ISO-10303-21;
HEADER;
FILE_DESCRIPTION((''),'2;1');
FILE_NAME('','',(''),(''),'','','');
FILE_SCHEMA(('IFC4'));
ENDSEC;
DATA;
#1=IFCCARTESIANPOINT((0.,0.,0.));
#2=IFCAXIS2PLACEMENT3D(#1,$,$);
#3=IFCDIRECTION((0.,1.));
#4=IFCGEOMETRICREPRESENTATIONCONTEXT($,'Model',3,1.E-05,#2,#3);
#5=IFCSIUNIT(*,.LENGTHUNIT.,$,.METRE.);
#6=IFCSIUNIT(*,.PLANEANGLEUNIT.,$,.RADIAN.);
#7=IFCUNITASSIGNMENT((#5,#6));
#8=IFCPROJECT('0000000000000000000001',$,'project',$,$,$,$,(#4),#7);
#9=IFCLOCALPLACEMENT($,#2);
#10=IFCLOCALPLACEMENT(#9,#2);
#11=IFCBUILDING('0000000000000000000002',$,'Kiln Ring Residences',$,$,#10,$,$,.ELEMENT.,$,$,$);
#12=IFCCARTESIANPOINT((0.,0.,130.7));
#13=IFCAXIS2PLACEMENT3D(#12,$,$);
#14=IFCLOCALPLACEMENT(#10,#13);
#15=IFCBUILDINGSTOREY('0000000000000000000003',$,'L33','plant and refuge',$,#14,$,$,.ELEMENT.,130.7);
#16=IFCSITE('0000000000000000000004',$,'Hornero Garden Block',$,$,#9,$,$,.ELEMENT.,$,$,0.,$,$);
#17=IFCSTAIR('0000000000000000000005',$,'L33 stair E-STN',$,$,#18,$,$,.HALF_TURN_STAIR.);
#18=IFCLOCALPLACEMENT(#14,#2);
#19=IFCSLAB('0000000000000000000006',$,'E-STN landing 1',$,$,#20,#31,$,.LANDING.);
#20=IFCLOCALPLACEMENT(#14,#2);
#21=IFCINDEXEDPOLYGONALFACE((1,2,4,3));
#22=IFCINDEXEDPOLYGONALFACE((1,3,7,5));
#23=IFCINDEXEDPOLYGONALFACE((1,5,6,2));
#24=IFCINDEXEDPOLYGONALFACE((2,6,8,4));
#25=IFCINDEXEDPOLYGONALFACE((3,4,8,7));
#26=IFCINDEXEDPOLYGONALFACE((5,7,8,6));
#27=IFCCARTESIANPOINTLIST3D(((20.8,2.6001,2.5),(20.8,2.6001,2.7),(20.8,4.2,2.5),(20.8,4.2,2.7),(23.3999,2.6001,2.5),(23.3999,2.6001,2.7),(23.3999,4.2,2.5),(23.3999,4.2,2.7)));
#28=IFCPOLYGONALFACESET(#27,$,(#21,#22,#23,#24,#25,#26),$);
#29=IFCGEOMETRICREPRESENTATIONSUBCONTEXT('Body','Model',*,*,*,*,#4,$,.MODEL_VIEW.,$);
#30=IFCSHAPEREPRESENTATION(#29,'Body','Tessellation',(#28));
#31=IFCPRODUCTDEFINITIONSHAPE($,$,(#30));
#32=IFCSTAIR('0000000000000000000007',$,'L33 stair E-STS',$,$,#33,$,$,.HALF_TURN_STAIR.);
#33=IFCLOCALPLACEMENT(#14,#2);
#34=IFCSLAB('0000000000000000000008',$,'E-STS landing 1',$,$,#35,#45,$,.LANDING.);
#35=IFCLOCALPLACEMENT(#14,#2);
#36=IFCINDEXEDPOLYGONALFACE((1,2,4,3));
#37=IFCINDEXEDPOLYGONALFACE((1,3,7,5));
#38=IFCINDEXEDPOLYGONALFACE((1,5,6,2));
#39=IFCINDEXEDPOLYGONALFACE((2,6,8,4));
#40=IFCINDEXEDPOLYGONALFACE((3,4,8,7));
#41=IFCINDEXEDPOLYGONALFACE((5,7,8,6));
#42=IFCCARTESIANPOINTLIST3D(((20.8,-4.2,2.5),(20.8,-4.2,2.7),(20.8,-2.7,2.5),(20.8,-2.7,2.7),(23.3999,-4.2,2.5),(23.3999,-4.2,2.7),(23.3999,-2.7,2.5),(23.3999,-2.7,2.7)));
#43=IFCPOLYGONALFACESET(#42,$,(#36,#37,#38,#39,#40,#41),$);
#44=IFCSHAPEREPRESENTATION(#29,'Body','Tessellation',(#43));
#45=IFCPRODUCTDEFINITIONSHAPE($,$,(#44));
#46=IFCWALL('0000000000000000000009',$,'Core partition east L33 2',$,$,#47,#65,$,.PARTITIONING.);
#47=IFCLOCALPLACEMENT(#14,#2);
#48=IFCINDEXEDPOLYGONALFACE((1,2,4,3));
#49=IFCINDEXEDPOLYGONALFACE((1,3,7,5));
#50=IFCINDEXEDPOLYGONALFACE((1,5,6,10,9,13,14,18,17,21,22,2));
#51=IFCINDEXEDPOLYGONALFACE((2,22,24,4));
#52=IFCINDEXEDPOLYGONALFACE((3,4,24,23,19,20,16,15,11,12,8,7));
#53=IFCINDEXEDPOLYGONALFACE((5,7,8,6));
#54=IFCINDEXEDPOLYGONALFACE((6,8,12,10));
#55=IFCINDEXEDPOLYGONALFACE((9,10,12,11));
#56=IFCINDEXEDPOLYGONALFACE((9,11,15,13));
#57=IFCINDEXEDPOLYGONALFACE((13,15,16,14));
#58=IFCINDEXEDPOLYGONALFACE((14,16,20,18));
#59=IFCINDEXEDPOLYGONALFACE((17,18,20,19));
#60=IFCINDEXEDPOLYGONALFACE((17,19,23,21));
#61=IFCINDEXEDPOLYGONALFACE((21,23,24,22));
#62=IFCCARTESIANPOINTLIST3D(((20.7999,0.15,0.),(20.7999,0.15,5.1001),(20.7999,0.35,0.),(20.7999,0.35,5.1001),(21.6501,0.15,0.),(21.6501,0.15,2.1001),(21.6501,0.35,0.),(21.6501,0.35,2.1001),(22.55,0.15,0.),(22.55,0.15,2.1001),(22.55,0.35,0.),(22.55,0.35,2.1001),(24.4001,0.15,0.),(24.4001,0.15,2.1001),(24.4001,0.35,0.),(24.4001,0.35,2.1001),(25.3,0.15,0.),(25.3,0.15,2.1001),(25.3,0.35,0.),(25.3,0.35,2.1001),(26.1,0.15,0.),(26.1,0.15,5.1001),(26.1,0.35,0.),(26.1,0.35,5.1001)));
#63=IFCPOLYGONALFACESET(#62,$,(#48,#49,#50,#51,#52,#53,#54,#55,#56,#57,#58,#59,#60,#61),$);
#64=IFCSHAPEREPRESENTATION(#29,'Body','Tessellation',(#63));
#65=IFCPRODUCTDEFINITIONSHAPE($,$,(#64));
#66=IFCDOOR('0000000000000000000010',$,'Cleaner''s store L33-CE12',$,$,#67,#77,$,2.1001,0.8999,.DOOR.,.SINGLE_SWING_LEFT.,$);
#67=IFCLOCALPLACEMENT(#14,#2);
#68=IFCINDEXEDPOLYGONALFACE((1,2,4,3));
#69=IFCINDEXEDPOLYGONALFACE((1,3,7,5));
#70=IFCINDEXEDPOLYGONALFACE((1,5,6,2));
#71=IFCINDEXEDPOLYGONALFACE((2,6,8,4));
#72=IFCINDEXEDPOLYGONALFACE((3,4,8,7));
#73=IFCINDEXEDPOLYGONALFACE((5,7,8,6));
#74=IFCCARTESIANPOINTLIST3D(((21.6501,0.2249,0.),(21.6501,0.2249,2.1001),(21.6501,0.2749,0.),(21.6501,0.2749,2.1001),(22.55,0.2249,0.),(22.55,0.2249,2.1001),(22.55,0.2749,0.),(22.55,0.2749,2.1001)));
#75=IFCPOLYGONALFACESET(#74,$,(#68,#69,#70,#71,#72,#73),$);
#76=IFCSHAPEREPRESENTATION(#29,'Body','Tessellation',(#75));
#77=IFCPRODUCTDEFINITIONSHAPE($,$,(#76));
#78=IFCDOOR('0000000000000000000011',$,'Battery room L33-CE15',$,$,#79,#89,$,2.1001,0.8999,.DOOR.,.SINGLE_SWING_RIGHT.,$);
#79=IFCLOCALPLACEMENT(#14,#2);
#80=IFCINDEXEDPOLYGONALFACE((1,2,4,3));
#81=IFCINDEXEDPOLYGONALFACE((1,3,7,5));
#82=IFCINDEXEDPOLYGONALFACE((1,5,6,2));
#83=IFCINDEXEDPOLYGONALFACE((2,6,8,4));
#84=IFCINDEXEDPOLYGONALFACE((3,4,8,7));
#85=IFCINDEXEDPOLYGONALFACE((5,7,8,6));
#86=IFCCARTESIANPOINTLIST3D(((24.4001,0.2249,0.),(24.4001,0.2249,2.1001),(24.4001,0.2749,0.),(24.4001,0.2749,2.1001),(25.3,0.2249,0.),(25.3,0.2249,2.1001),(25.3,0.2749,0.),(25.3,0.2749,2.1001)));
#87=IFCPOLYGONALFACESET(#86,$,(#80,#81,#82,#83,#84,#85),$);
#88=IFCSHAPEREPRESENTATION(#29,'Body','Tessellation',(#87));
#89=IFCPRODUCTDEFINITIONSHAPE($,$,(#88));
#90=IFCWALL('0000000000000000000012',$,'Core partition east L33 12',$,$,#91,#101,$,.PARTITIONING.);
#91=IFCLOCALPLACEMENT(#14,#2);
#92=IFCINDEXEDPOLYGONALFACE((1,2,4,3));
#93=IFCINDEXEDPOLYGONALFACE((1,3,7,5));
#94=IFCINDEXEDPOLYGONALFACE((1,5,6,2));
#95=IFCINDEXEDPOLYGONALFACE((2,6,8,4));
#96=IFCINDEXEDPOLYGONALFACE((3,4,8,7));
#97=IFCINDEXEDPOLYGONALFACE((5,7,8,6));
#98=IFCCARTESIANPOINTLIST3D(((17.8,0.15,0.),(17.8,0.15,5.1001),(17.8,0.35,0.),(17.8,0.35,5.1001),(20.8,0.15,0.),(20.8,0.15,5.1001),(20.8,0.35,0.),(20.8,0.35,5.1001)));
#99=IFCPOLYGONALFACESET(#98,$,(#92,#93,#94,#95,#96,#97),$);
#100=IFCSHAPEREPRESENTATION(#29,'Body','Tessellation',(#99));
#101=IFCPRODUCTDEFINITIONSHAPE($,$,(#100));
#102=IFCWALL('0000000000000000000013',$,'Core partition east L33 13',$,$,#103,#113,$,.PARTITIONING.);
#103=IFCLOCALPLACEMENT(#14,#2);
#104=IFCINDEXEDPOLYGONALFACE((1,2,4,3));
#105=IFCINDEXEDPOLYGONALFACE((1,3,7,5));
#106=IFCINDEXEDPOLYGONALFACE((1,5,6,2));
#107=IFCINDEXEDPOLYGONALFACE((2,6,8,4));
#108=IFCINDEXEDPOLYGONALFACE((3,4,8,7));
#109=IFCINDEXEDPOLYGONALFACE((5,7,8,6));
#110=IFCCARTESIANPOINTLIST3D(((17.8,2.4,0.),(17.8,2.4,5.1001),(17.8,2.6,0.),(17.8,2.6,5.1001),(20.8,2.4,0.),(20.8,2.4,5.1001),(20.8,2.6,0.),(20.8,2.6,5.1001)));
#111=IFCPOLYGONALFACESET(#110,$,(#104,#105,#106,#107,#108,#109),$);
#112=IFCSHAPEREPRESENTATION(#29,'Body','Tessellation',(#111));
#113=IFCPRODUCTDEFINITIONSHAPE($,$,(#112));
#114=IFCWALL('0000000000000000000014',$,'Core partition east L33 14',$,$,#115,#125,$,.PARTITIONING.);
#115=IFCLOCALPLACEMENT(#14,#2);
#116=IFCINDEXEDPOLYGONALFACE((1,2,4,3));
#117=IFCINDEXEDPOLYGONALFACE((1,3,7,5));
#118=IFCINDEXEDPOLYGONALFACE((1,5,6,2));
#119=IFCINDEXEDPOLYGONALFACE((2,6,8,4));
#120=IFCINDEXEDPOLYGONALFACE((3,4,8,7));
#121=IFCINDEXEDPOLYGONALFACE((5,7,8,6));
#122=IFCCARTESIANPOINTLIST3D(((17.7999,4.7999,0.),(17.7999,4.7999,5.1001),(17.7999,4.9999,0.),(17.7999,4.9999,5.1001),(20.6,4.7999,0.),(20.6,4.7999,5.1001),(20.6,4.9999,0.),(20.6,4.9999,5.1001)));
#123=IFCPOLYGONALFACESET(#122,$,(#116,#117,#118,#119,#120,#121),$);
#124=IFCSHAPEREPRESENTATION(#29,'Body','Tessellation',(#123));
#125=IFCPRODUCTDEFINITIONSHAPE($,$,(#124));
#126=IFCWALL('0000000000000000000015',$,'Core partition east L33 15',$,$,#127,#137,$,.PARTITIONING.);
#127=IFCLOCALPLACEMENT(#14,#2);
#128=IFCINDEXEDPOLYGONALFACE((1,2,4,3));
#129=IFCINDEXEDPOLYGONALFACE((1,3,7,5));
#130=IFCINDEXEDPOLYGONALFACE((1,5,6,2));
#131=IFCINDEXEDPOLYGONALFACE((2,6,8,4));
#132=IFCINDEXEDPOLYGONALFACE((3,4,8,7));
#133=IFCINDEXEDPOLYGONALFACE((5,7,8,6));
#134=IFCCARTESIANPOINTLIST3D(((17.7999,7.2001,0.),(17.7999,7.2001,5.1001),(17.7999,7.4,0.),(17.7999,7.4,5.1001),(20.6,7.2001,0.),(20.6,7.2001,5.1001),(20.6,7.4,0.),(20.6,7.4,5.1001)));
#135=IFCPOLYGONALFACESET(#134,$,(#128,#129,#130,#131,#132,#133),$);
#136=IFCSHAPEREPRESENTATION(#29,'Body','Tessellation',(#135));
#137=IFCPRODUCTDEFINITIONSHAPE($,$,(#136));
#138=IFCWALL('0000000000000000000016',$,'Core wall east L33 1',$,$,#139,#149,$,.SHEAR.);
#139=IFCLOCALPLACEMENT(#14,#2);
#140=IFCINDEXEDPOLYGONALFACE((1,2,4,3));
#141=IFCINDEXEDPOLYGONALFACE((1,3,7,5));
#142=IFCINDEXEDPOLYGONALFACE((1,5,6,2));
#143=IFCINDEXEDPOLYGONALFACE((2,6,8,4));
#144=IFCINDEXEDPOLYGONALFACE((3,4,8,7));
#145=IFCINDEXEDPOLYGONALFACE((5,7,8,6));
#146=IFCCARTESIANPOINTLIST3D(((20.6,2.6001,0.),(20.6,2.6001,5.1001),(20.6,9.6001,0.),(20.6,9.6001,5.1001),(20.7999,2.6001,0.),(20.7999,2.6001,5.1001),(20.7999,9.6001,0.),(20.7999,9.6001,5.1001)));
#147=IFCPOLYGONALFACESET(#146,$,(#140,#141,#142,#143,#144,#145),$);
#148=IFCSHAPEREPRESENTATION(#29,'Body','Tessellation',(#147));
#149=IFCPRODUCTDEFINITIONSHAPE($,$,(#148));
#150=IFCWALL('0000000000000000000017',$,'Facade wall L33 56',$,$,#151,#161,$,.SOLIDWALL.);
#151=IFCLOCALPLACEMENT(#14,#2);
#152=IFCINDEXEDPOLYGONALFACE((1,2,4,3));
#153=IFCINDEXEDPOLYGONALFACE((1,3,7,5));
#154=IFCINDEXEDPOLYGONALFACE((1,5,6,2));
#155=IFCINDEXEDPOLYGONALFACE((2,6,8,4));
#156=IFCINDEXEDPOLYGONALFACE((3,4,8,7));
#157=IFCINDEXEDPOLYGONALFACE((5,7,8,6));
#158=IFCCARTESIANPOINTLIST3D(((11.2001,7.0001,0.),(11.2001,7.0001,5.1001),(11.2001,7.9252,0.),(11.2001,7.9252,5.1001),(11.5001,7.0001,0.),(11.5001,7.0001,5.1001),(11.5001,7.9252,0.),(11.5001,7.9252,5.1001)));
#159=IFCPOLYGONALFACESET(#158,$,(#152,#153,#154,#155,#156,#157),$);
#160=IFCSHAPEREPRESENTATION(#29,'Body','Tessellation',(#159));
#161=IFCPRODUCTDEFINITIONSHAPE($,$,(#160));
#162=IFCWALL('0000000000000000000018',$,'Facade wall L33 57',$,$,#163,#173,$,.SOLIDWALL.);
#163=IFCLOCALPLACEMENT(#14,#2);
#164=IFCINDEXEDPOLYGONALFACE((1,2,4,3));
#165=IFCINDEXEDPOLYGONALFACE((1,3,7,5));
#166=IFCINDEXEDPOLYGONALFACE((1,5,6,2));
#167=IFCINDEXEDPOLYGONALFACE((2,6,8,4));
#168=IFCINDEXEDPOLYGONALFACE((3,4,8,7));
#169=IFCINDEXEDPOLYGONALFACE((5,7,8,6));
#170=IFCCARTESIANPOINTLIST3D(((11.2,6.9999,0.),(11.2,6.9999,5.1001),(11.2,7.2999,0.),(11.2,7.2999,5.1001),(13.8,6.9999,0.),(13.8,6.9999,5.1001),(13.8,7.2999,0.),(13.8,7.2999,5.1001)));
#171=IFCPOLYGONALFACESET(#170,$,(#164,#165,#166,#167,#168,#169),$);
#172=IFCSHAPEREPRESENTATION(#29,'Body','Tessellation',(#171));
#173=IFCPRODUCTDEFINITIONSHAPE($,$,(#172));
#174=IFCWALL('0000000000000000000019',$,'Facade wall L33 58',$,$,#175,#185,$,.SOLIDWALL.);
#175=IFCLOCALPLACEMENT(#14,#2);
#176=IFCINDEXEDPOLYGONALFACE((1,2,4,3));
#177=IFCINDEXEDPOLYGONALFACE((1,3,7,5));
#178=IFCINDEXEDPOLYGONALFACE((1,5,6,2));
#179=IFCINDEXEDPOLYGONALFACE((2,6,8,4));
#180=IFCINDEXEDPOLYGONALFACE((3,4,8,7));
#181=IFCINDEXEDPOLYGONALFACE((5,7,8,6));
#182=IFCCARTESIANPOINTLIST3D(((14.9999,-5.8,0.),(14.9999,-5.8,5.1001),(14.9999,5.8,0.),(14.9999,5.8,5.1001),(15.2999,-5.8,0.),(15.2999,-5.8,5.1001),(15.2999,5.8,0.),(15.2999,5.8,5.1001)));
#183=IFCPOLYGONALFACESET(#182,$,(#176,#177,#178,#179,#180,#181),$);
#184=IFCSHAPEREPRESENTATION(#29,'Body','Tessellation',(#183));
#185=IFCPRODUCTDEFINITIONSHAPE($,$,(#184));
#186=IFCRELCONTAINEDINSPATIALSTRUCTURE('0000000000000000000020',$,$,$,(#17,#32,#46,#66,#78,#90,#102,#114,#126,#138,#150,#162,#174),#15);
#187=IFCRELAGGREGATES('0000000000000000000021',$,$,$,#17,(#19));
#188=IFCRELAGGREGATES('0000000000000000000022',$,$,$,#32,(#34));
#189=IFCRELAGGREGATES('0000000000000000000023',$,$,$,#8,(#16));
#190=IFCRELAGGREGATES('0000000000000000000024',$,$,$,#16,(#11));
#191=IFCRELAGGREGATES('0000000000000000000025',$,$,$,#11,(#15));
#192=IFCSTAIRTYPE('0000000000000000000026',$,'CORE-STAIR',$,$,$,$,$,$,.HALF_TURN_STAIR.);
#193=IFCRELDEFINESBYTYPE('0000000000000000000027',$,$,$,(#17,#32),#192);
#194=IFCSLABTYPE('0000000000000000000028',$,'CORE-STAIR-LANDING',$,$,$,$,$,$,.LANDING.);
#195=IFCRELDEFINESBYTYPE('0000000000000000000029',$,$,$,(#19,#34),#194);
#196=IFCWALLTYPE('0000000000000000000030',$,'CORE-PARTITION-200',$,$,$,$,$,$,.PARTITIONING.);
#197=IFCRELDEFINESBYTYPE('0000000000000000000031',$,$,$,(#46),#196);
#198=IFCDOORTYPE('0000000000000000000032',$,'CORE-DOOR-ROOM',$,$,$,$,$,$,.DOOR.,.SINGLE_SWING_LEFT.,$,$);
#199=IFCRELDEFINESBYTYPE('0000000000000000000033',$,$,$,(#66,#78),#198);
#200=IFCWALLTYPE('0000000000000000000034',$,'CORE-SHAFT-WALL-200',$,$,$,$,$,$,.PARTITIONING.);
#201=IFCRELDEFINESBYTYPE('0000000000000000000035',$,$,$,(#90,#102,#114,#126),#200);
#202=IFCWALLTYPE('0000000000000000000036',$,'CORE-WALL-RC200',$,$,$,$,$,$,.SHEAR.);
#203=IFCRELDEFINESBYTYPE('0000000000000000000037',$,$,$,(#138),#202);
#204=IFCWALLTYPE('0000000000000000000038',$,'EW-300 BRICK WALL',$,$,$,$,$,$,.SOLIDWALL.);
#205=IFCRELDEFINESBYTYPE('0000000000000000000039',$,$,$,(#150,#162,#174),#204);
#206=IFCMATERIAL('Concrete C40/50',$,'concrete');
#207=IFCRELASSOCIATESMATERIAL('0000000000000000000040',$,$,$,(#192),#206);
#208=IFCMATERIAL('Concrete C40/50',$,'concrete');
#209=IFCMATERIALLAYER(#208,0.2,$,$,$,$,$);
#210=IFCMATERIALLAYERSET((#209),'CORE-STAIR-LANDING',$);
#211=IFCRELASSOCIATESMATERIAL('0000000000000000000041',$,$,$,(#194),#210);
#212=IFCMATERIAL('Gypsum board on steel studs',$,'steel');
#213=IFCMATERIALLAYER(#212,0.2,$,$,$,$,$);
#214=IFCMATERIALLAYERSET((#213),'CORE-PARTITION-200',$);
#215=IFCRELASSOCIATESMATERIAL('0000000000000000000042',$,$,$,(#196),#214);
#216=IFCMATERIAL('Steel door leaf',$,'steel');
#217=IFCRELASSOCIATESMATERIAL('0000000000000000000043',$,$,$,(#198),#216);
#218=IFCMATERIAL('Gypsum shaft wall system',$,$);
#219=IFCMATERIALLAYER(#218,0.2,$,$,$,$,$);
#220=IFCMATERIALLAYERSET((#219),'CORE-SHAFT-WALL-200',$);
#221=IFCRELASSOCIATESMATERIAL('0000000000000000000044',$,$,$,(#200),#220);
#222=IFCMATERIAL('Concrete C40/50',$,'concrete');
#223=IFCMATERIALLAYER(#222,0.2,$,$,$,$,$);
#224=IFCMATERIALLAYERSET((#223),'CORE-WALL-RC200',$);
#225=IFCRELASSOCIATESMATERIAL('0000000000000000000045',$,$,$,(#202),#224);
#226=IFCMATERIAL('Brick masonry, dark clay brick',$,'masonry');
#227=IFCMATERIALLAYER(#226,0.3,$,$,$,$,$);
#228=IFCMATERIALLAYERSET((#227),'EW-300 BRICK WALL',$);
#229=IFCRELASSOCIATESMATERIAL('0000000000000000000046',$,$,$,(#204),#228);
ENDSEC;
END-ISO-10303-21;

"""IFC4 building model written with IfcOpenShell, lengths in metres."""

from ifc_helpers import new_model, si_unit, direction, frame, frame_2d, origin, place, context, subcontext, project, spatial, polyline, rectangle, outline, extrude, material, layer, layer_set, type_object, element, fill, aggregate, save


model = new_model("IFC4")

# Units and contexts
model_context = context("Model", 3, precision=1e-05, world=origin(), true_north=direction((0.0, 1.0)))
body_context = subcontext(model_context, "Body", "Model", "MODEL_VIEW")
ifc_project = project(units=[si_unit("LENGTHUNIT", "METRE"), si_unit("PLANEANGLEUNIT", "RADIAN")], contexts=[model_context])

# Site, building, storey
site_placement = place(None, origin())
site = spatial("IfcSite", under=ifc_project, at=site_placement, Name="Hornero Garden Block", CompositionType="ELEMENT", RefElevation=0.0)
building_placement = place(site_placement, origin())
building = spatial("IfcBuilding", under=site, at=building_placement, Name="Kiln Ring Residences", CompositionType="ELEMENT")
storey_placement = place(building_placement, frame((0.0, 0.0, 130.7)))
storey = spatial("IfcBuildingStorey", under=building, at=storey_placement, Name="L33", Description="plant and refuge", CompositionType="ELEMENT", Elevation=130.7)

# Stairs, slabs
ifc_material_1 = material(Name="Concrete C40/50", Category="concrete")
stair_type = type_object("IfcStairType", Name="CORE-STAIR", PredefinedType="HALF_TURN_STAIR", material=ifc_material_1)
placement_1 = place(storey_placement, origin())
stair_1 = element("IfcStair", 1, at=placement_1, inside=storey, type_object=stair_type, Name="L33 stair E-STN", PredefinedType="HALF_TURN_STAIR")
ifc_material_2 = material(Name="Concrete C40/50", Category="concrete")
ifc_layer_1 = layer(ifc_material_2, 0.2)
ifc_layer_set_1 = layer_set([ifc_layer_1], Name="CORE-STAIR-LANDING")
slab_type = type_object("IfcSlabType", Name="CORE-STAIR-LANDING", PredefinedType="LANDING", material=ifc_layer_set_1)
placement_2 = place(storey_placement, frame((0.0, 0.0, 2.5)))
slab_1 = element("IfcSlab", 2, at=placement_2, type_object=slab_type, Name="E-STN landing 1", PredefinedType="LANDING", context=body_context, shape_type="SweptSolid", body=[
    extrude(outline(polyline([(20.8, 4.2), (20.8, 2.6001), (23.3999, 2.6001), (23.3999, 4.2), (20.8, 4.2)])), origin(), (0.0, 0.0, 1.0), 0.2),
])
aggregate(stair_1, [slab_1])
stair_2 = element("IfcStair", 3, at=placement_1, inside=storey, type_object=stair_type, Name="L33 stair E-STS", PredefinedType="HALF_TURN_STAIR")
slab_2 = element("IfcSlab", 4, at=placement_2, type_object=slab_type, Name="E-STS landing 1", PredefinedType="LANDING", context=body_context, shape_type="SweptSolid", body=[
    extrude(outline(polyline([(23.3999, -4.2), (23.3999, -2.7), (20.8, -2.7), (20.8, -4.2), (23.3999, -4.2)])), origin(), (0.0, 0.0, 1.0), 0.2),
])
aggregate(stair_2, [slab_2])

# Wall, openings, doors
ifc_material_3 = material(Name="Gypsum board on steel studs", Category="steel")
ifc_layer_2 = layer(ifc_material_3, 0.2)
ifc_layer_set_2 = layer_set([ifc_layer_2], Name="CORE-PARTITION-200")
wall_type_1 = type_object("IfcWallType", Name="CORE-PARTITION-200", PredefinedType="PARTITIONING", material=ifc_layer_set_2)
wall_1_placement = place(storey_placement, frame((20.8, 0.25, 0.0), z_axis=(0.0, 0.0, 1.0), x_axis=(1.0, 0.0, 0.0)))
wall_1 = element("IfcWall", 5, at=wall_1_placement, inside=storey, type_object=wall_type_1, Name="Core partition east L33 2", PredefinedType="PARTITIONING", context=body_context, shape_type="SweptSolid", body=[
    extrude(rectangle(XDim=5.3, YDim=0.2, at=frame_2d((2.6499, 0.0))), origin(), (0.0, 0.0, 1.0), 5.1001),
])
opening_1_placement = place(wall_1_placement, frame((0.8501, 0.0, 0.0)))
opening_1 = element("IfcOpeningElement", 6, at=opening_1_placement, cuts=wall_1, PredefinedType="OPENING", context=body_context, shape_type="SweptSolid", body=[
    extrude(rectangle(XDim=0.8999, YDim=2.1001, at=frame_2d((0.45, 1.05))), frame((0.0, 0.1099, 0.0), z_axis=(0.0, -1.0, 0.0), x_axis=(1.0, 0.0, 0.0)), (0.0, 0.0, 1.0), 0.22),
])
opening_2_placement = place(wall_1_placement, frame((3.6001, 0.0, 0.0)))
opening_2 = element("IfcOpeningElement", 7, at=opening_2_placement, cuts=wall_1, PredefinedType="OPENING", context=body_context, shape_type="SweptSolid", body=[
    extrude(rectangle(XDim=0.8999, YDim=2.1001, at=frame_2d((0.45, 1.05))), frame((0.0, 0.1099, 0.0), z_axis=(0.0, -1.0, 0.0), x_axis=(1.0, 0.0, 0.0)), (0.0, 0.0, 1.0), 0.22),
])
ifc_material_4 = material(Name="Steel door leaf", Category="steel")
door_type = type_object("IfcDoorType", Name="CORE-DOOR-ROOM", OperationType="SINGLE_SWING_LEFT", PredefinedType="DOOR", material=ifc_material_4)
door_1_placement = place(opening_1_placement, origin())
door_1 = element("IfcDoor", 8, at=door_1_placement, inside=storey, type_object=door_type, Name="Cleaner's store L33-CE12", OperationType="SINGLE_SWING_LEFT", OverallHeight=2.1001, OverallWidth=0.8999, PredefinedType="DOOR", context=body_context, shape_type="SweptSolid", body=[
    extrude(rectangle(XDim=0.8999, YDim=2.1001, at=frame_2d((0.45, 1.05))), frame((0.0, 0.0249, 0.0), z_axis=(0.0, -1.0, 0.0), x_axis=(1.0, 0.0, 0.0)), (0.0, 0.0, 1.0), 0.05),
])
fill(opening_1, door_1)
door_2_placement = place(opening_2_placement, origin())
door_2 = element("IfcDoor", 9, at=door_2_placement, inside=storey, type_object=door_type, Name="Battery room L33-CE15", OperationType="SINGLE_SWING_RIGHT", OverallHeight=2.1001, OverallWidth=0.8999, PredefinedType="DOOR", context=body_context, shape_type="SweptSolid", body=[
    extrude(rectangle(XDim=0.8999, YDim=2.1001, at=frame_2d((0.45, 1.05))), frame((0.0, 0.0249, 0.0), z_axis=(0.0, -1.0, 0.0), x_axis=(1.0, 0.0, 0.0)), (0.0, 0.0, 1.0), 0.05),
])
fill(opening_2, door_2)

# Walls
ifc_material_5 = material(Name="Gypsum shaft wall system")
ifc_layer_3 = layer(ifc_material_5, 0.2)
ifc_layer_set_3 = layer_set([ifc_layer_3], Name="CORE-SHAFT-WALL-200")
wall_type_2 = type_object("IfcWallType", Name="CORE-SHAFT-WALL-200", PredefinedType="PARTITIONING", material=ifc_layer_set_3)
for number, where, z_axis, x_axis, name in (
    (10, (17.8, 0.25, 0.0), (0.0, 0.0, 1.0), (1.0, 0.0, 0.0), "Core partition east L33 12"),
    (11, (17.8, 2.5, 0.0), (0.0, 0.0, 1.0), (1.0, 0.0, 0.0), "Core partition east L33 13"),
):
    element("IfcWall", number, at=place(storey_placement, frame(where, z_axis=z_axis, x_axis=x_axis)), inside=storey, type_object=wall_type_2, Name=name, PredefinedType="PARTITIONING", context=body_context, shape_type="SweptSolid", body=[
        extrude(rectangle(XDim=3.0, YDim=0.2, at=frame_2d((1.5, 0.0))), origin(), (0.0, 0.0, 1.0), 5.1001),
    ])
for number, where, z_axis, x_axis, name in (
    (12, (17.8, 4.8999, 0.0), (0.0, 0.0, 1.0), (1.0, 0.0, 0.0), "Core partition east L33 14"),
    (13, (17.8, 7.3, 0.0), (0.0, 0.0, 1.0), (1.0, 0.0, 0.0), "Core partition east L33 15"),
):
    element("IfcWall", number, at=place(storey_placement, frame(where, z_axis=z_axis, x_axis=x_axis)), inside=storey, type_object=wall_type_2, Name=name, PredefinedType="PARTITIONING", context=body_context, shape_type="SweptSolid", body=[
        extrude(rectangle(XDim=2.8, YDim=0.2, at=frame_2d((1.3999, 0.0))), origin(), (0.0, 0.0, 1.0), 5.1001),
    ])
ifc_material_6 = material(Name="Concrete C40/50", Category="concrete")
ifc_layer_4 = layer(ifc_material_6, 0.2)
ifc_layer_set_4 = layer_set([ifc_layer_4], Name="CORE-WALL-RC200")
wall_type_3 = type_object("IfcWallType", Name="CORE-WALL-RC200", PredefinedType="SHEAR", material=ifc_layer_set_4)
wall_2_placement = place(storey_placement, frame((20.7, 2.6001, 0.0), z_axis=(0.0, 0.0, 1.0), x_axis=(0.0, 1.0, 0.0)))
element("IfcWall", 14, at=wall_2_placement, inside=storey, type_object=wall_type_3, Name="Core wall east L33 1", PredefinedType="SHEAR", context=body_context, shape_type="SweptSolid", body=[
    extrude(rectangle(XDim=7.0, YDim=0.2, at=frame_2d((3.5, 0.0))), origin(), (0.0, 0.0, 1.0), 5.1001),
])
ifc_material_7 = material(Name="Brick masonry, dark clay brick", Category="masonry")
ifc_layer_5 = layer(ifc_material_7, 0.3)
ifc_layer_set_5 = layer_set([ifc_layer_5], Name="EW-300 BRICK WALL")
wall_type_4 = type_object("IfcWallType", Name="EW-300 BRICK WALL", PredefinedType="SOLIDWALL", material=ifc_layer_set_5)
wall_3_placement = place(storey_placement, frame((11.3501, 7.925, 0.0), z_axis=(0.0, 0.0, 1.0), x_axis=(0.0, -1.0, 0.0)))
element("IfcWall", 15, at=wall_3_placement, inside=storey, type_object=wall_type_4, Name="Facade wall L33 56", PredefinedType="SOLIDWALL", context=body_context, shape_type="SweptSolid", body=[
    extrude(rectangle(XDim=0.925, YDim=0.3, at=frame_2d((0.4624, 0.0))), origin(), (0.0, 0.0, 1.0), 5.1001),
])
wall_4_placement = place(storey_placement, frame((11.2, 7.1499, 0.0), z_axis=(0.0, 0.0, 1.0), x_axis=(1.0, 0.0, 0.0)))
element("IfcWall", 16, at=wall_4_placement, inside=storey, type_object=wall_type_4, Name="Facade wall L33 57", PredefinedType="SOLIDWALL", context=body_context, shape_type="SweptSolid", body=[
    extrude(rectangle(XDim=2.6001, YDim=0.3, at=frame_2d((1.3, 0.0))), origin(), (0.0, 0.0, 1.0), 5.1001),
])
wall_5_placement = place(storey_placement, frame((15.1499, 5.8, 0.0), z_axis=(0.0, 0.0, 1.0), x_axis=(0.0, -1.0, 0.0)))
element("IfcWall", 17, at=wall_5_placement, inside=storey, type_object=wall_type_4, Name="Facade wall L33 58", PredefinedType="SOLIDWALL", context=body_context, shape_type="SweptSolid", body=[
    extrude(rectangle(XDim=11.6001, YDim=0.3, at=frame_2d((5.8, 0.0))), origin(), (0.0, 0.0, 1.0), 5.1001),
])

save(model, "model.ifc")
